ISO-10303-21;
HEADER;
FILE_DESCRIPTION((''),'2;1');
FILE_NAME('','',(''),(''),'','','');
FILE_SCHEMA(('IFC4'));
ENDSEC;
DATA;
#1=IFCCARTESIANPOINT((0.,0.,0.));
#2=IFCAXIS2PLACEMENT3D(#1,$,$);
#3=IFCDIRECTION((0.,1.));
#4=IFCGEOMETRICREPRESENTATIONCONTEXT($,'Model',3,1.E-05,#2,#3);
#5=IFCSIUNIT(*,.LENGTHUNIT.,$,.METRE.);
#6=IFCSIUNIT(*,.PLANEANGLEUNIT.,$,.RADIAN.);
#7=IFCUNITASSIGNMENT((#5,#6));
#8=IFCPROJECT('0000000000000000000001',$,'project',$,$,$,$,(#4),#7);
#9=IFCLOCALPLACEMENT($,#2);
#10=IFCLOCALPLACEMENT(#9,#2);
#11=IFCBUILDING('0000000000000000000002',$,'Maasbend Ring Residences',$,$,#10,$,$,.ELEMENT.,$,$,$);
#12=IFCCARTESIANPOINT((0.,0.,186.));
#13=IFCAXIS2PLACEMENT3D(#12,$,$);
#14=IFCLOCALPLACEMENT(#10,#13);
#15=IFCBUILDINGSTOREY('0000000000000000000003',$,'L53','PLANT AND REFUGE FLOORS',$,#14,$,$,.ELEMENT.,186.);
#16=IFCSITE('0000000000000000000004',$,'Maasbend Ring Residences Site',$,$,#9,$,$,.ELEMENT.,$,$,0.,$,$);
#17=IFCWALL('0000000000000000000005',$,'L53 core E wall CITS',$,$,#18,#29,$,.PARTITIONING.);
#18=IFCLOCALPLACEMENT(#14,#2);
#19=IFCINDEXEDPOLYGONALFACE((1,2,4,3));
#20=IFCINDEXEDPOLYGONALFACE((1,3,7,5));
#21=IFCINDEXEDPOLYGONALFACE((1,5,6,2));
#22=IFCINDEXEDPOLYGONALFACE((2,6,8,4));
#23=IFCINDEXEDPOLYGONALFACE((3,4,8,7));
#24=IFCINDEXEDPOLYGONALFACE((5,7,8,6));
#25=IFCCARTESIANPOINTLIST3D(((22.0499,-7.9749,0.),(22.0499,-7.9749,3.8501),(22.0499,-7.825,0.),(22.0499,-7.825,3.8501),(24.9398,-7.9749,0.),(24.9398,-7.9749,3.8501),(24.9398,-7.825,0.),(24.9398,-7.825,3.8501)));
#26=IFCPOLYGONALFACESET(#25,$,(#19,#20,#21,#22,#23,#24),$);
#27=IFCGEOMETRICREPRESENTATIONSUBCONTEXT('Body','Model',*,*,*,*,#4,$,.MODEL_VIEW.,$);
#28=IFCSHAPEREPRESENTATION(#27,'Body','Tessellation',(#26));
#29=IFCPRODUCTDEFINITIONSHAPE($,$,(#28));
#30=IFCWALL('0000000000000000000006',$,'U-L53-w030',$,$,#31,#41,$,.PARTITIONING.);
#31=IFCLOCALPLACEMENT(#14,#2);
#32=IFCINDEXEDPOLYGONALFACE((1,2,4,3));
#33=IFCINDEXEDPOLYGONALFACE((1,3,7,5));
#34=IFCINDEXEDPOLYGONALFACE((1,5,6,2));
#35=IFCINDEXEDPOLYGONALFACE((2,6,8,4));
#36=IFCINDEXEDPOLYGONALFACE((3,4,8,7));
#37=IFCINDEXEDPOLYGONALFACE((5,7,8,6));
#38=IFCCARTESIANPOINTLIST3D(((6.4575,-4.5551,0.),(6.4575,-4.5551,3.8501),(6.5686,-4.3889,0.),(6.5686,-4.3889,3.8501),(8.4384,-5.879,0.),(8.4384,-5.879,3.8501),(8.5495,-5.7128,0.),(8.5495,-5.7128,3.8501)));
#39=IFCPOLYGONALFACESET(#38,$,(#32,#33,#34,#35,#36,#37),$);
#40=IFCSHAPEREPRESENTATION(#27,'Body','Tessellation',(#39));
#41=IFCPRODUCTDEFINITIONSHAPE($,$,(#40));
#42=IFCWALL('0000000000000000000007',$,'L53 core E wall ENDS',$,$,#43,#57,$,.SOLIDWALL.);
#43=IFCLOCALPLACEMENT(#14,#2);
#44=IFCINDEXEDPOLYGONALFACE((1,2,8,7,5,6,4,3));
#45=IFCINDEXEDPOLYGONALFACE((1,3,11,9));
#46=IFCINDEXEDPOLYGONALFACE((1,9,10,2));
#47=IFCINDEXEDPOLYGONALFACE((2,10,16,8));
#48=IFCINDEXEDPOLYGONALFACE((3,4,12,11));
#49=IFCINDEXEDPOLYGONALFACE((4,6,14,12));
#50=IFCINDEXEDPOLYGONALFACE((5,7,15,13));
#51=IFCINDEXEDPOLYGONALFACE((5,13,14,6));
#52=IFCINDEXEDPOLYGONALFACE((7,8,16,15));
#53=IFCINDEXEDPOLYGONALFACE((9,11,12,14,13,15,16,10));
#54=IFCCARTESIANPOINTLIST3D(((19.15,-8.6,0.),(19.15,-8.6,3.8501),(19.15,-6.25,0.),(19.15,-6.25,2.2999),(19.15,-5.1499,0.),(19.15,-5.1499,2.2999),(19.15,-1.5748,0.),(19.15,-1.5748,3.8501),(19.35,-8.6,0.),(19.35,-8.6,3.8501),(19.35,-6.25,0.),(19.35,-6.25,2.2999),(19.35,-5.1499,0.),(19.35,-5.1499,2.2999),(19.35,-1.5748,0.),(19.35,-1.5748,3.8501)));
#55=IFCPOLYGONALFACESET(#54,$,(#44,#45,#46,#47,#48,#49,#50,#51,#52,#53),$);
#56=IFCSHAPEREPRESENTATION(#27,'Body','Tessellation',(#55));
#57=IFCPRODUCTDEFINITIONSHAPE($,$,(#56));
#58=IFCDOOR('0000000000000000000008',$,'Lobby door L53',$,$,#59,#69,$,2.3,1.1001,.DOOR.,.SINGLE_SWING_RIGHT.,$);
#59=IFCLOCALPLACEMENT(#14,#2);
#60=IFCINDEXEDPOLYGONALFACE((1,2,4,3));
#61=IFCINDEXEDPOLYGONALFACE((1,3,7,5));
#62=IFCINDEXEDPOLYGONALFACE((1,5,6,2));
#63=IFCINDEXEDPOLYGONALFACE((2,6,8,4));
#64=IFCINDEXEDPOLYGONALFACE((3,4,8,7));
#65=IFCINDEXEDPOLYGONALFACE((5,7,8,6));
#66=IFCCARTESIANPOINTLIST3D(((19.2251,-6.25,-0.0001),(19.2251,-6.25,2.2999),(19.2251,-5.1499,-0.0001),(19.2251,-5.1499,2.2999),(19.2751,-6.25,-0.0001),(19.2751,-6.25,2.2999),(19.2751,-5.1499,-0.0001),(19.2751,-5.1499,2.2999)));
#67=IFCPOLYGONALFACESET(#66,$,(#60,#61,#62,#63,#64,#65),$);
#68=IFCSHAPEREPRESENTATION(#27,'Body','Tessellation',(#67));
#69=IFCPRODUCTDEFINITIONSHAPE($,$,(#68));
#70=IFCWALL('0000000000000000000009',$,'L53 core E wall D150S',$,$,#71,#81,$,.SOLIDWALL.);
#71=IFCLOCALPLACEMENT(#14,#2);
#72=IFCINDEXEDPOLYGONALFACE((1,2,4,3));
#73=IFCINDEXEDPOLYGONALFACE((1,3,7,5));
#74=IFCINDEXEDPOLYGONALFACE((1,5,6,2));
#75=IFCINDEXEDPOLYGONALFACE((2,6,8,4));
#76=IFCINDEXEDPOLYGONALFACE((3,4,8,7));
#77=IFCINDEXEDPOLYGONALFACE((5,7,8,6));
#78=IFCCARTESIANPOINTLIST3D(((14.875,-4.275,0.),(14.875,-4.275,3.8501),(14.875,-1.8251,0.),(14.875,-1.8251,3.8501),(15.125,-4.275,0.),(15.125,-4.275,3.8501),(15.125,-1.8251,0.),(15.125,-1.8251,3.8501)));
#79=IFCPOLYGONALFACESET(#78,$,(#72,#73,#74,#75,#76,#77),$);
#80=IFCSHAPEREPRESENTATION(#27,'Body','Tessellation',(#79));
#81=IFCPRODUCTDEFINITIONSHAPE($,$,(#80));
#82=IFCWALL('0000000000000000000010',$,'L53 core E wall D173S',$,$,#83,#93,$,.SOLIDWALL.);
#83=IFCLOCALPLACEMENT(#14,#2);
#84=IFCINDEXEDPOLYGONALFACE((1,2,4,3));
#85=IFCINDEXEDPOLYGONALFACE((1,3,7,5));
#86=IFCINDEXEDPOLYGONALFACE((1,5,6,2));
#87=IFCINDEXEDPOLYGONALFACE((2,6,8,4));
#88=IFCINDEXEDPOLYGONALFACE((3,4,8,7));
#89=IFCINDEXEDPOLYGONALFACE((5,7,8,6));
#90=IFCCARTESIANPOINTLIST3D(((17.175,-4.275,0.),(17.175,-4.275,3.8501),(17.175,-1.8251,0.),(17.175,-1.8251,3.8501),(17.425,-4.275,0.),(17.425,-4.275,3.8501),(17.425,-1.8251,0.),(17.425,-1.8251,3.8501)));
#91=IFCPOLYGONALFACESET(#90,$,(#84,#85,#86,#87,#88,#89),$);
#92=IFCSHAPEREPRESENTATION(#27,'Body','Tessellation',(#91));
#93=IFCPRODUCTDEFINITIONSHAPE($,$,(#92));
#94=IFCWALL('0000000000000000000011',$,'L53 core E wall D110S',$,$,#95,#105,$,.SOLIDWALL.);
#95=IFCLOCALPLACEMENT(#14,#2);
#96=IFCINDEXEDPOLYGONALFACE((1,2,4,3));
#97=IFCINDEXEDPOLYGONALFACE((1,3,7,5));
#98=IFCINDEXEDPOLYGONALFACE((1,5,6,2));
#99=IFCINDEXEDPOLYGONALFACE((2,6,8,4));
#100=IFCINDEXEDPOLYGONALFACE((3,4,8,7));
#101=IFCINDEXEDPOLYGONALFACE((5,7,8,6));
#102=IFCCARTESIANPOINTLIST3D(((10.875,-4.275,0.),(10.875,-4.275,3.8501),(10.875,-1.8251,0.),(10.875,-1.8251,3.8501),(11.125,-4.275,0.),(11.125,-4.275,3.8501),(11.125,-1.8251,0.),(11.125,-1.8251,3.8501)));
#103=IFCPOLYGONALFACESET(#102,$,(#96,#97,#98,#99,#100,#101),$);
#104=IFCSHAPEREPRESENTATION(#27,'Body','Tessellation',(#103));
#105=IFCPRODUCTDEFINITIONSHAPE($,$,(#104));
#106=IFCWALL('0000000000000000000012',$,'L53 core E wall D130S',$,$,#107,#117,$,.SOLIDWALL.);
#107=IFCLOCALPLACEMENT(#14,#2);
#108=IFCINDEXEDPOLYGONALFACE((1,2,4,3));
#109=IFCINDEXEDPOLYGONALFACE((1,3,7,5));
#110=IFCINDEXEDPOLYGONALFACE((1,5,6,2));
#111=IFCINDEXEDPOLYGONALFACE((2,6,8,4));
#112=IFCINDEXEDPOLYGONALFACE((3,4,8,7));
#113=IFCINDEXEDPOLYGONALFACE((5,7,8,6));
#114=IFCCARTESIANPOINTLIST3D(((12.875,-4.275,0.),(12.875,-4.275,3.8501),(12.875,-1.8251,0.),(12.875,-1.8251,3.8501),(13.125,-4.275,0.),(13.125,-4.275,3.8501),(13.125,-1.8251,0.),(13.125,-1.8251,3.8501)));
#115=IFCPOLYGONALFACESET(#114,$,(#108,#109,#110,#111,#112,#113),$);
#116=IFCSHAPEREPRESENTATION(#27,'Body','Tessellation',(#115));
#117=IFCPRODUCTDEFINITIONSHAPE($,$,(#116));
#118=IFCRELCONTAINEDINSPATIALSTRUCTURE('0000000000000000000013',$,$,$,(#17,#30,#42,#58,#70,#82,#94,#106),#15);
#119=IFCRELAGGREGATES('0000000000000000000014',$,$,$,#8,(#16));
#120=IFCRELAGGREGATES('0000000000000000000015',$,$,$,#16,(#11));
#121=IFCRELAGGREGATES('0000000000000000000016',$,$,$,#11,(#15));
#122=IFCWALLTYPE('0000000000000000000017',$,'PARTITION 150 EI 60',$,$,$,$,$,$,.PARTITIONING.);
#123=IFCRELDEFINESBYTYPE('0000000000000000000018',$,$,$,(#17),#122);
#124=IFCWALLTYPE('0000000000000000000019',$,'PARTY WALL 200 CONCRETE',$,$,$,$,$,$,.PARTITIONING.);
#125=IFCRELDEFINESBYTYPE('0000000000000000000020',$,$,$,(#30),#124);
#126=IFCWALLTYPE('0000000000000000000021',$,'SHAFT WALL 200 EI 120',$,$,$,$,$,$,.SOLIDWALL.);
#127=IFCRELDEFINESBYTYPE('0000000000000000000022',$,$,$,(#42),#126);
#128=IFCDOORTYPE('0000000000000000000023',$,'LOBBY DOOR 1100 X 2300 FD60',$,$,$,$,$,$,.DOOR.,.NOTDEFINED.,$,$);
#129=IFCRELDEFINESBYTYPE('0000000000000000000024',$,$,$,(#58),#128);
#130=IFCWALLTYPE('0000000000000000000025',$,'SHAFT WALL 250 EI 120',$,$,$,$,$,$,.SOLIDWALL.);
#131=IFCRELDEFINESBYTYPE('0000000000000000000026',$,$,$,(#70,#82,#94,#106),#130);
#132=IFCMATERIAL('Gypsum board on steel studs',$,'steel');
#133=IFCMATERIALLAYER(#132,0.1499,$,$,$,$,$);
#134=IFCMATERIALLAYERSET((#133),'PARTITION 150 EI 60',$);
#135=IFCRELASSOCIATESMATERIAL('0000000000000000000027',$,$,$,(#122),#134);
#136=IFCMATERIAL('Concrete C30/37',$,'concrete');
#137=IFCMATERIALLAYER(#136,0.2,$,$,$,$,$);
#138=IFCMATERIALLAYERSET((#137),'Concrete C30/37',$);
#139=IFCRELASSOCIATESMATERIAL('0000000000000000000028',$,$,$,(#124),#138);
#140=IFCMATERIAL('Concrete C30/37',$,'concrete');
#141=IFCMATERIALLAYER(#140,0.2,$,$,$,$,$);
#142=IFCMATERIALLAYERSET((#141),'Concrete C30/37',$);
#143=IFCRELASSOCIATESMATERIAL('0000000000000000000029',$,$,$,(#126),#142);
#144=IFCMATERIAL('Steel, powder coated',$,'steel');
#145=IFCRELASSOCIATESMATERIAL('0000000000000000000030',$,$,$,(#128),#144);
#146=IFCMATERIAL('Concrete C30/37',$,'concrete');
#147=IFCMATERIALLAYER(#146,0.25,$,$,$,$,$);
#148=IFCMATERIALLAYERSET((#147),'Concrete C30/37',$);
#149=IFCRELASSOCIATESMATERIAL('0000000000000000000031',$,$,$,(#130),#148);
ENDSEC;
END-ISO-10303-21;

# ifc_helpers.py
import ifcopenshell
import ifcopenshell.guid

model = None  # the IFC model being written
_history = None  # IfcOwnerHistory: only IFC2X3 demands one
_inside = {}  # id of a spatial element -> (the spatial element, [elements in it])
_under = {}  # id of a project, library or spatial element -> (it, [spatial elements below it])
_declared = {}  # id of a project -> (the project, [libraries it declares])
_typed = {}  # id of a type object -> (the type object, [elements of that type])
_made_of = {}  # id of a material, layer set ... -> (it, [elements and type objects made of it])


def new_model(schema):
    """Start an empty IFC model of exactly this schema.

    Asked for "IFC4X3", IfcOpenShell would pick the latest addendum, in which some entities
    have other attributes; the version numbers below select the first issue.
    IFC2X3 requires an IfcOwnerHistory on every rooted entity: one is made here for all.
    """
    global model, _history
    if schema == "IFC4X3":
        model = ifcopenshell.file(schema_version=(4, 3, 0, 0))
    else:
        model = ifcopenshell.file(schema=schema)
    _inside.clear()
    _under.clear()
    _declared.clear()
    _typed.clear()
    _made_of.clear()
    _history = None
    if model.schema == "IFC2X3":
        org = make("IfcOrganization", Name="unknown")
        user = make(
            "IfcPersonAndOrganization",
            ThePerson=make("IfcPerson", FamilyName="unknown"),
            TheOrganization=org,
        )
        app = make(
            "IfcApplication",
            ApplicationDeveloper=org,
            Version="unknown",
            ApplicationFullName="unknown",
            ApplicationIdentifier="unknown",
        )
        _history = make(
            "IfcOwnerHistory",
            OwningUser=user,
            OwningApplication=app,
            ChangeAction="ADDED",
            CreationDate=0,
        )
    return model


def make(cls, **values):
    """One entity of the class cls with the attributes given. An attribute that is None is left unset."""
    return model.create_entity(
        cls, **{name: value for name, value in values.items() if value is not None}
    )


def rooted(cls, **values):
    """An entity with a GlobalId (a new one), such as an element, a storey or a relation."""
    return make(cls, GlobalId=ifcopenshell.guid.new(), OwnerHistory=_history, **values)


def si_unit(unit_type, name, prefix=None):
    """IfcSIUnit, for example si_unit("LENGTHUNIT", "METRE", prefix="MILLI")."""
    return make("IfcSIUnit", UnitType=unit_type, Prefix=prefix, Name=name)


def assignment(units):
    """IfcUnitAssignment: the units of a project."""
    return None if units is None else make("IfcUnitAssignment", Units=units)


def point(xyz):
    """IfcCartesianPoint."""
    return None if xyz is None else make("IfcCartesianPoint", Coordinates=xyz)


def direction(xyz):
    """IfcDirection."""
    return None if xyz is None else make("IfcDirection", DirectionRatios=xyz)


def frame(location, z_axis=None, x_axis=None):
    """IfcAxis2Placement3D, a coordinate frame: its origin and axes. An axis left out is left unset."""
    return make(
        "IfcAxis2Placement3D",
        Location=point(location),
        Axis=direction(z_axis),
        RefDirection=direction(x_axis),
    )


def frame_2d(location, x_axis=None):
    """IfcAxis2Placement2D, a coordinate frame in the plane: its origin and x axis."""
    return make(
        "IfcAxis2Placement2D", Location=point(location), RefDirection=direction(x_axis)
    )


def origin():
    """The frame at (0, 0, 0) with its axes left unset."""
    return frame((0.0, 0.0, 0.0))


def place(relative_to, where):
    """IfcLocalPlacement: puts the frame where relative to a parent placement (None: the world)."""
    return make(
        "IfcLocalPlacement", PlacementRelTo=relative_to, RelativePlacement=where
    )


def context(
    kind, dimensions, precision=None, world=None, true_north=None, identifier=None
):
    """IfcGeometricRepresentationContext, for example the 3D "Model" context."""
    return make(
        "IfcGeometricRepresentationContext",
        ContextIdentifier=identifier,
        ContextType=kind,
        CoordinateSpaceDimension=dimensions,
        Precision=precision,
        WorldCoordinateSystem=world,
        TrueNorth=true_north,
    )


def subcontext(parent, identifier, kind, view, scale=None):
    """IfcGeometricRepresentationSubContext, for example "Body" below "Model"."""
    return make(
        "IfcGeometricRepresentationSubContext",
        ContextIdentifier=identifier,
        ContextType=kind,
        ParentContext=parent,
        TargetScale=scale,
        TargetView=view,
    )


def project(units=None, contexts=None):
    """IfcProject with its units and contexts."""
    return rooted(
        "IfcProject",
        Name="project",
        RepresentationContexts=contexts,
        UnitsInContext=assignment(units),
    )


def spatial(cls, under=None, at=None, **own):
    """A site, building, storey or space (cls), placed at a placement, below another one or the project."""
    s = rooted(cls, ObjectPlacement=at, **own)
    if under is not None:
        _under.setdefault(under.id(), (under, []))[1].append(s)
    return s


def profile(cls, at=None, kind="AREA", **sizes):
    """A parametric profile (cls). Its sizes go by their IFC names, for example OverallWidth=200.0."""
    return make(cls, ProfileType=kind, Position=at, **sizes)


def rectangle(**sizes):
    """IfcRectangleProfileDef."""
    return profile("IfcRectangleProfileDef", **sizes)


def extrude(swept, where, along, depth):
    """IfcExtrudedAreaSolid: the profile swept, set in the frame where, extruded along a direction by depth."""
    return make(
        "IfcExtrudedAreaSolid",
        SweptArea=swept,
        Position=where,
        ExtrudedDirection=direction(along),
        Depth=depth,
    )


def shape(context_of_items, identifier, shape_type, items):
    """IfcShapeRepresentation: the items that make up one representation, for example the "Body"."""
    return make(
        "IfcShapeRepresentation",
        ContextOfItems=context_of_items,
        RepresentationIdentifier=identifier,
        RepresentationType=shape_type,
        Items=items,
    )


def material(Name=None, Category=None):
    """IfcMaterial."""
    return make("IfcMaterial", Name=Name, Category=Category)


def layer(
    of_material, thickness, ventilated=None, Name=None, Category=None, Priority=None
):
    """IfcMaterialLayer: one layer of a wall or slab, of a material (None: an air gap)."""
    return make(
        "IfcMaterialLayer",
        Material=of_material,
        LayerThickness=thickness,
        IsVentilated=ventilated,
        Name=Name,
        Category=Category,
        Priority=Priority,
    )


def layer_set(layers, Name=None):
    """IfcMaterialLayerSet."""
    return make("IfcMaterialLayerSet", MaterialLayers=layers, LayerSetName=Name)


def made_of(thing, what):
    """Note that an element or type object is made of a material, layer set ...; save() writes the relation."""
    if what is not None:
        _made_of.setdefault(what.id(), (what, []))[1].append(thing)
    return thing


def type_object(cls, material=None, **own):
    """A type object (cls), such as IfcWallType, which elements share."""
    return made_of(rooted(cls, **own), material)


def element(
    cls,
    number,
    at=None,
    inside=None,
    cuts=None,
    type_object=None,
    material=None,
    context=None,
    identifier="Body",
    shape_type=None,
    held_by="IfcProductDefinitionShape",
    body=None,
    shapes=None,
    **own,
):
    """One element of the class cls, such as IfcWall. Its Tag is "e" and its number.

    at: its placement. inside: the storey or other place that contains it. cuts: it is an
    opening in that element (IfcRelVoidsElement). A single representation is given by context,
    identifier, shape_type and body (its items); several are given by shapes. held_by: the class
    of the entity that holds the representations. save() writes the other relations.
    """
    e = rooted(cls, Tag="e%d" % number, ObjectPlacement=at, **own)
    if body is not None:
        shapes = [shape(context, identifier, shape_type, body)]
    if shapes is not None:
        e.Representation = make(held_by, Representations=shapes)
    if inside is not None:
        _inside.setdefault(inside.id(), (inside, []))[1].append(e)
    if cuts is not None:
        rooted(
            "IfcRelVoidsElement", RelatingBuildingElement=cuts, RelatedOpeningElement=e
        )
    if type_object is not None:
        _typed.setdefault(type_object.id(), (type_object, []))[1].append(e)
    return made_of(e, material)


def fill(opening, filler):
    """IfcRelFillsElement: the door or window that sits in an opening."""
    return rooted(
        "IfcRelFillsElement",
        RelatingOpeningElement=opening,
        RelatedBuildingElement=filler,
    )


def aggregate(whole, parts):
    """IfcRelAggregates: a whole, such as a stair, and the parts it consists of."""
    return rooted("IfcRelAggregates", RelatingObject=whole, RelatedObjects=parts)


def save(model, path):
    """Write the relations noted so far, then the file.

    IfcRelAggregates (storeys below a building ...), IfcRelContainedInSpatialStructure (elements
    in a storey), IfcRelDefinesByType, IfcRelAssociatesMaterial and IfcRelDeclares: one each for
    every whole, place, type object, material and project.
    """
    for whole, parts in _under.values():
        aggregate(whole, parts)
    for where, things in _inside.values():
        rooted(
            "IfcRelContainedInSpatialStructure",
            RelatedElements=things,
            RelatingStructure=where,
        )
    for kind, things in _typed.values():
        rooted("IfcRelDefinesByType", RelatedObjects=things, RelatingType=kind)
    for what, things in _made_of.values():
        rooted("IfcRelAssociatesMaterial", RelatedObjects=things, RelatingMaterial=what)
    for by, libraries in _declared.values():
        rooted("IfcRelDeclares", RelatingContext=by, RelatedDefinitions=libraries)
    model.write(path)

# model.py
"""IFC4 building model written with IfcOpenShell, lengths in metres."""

from ifc_helpers import new_model, si_unit, direction, frame, frame_2d, origin, place, context, subcontext, project, spatial, rectangle, extrude, material, layer, layer_set, type_object, element, fill, save


model = new_model("IFC4")

# Units and contexts
model_context = context("Model", 3, precision=1e-05, world=origin(), true_north=direction((0.0, 1.0)))
body_context = subcontext(model_context, "Body", "Model", "MODEL_VIEW")
ifc_project = project(units=[si_unit("LENGTHUNIT", "METRE"), si_unit("PLANEANGLEUNIT", "RADIAN")], contexts=[model_context])

# Site, building, storey
site_placement = place(None, origin())
site = spatial("IfcSite", under=ifc_project, at=site_placement, Name="Maasbend Ring Residences Site", CompositionType="ELEMENT", RefElevation=0.0)
building_placement = place(site_placement, origin())
building = spatial("IfcBuilding", under=site, at=building_placement, Name="Maasbend Ring Residences", CompositionType="ELEMENT")
storey_placement = place(building_placement, frame((0.0, 0.0, 186.0)))
storey = spatial("IfcBuildingStorey", under=building, at=storey_placement, Name="L53", Description="PLANT AND REFUGE FLOORS", CompositionType="ELEMENT", Elevation=186.0)

# Shared definitions
ifc_material_1 = material(Name="Gypsum board on steel studs", Category="steel")
ifc_layer_1 = layer(ifc_material_1, 0.1499)
ifc_layer_set_1 = layer_set([ifc_layer_1], Name="PARTITION 150 EI 60")
wall_type_1 = type_object("IfcWallType", Name="PARTITION 150 EI 60", PredefinedType="PARTITIONING", material=ifc_layer_set_1)

# Walls
wall_1_placement = place(storey_placement, frame((22.05, -7.8999, 0.0), z_axis=(0.0, 0.0, 1.0), x_axis=(1.0, 0.0, 0.0)))
element("IfcWall", 1, at=wall_1_placement, inside=storey, type_object=wall_type_1, Name="L53 core E wall CITS", PredefinedType="PARTITIONING", context=body_context, shape_type="SweptSolid", body=[
    extrude(rectangle(XDim=2.8899, YDim=0.1499, at=frame_2d((1.4448, 0.0))), origin(), (0.0, 0.0, 1.0), 3.8501),
])
ifc_material_2 = material(Name="Concrete C30/37", Category="concrete")
ifc_layer_2 = layer(ifc_material_2, 0.2)
ifc_layer_set_2 = layer_set([ifc_layer_2], Name="Concrete C30/37")
wall_type_2 = type_object("IfcWallType", Name="PARTY WALL 200 CONCRETE", PredefinedType="PARTITIONING", material=ifc_layer_set_2)
wall_2_placement = place(storey_placement, frame((6.5129, -4.4719, 0.0), z_axis=(0.0, 0.0, 1.0), x_axis=(0.831403, -0.555669, 0.0)))
element("IfcWall", 2, at=wall_2_placement, inside=storey, type_object=wall_type_2, Name="U-L53-w030", PredefinedType="PARTITIONING", context=body_context, shape_type="SweptSolid", body=[
    extrude(rectangle(XDim=2.3826, YDim=0.2, at=frame_2d((1.1914, 0.0))), origin(), (0.0, 0.0, 1.0), 3.8501),
])

# Wall, opening, door
ifc_material_3 = material(Name="Concrete C30/37", Category="concrete")
ifc_layer_3 = layer(ifc_material_3, 0.2)
ifc_layer_set_3 = layer_set([ifc_layer_3], Name="Concrete C30/37")
wall_type_3 = type_object("IfcWallType", Name="SHAFT WALL 200 EI 120", PredefinedType="SOLIDWALL", material=ifc_layer_set_3)
wall_3_placement = place(storey_placement, frame((19.25, -8.6001, 0.0), z_axis=(0.0, 0.0, 1.0), x_axis=(0.0, 1.0, 0.0)))
wall_3 = element("IfcWall", 3, at=wall_3_placement, inside=storey, type_object=wall_type_3, Name="L53 core E wall ENDS", PredefinedType="SOLIDWALL", context=body_context, shape_type="SweptSolid", body=[
    extrude(rectangle(XDim=7.0251, YDim=0.2, at=frame_2d((3.5127, 0.0))), origin(), (0.0, 0.0, 1.0), 3.8501),
])
opening_1_placement = place(wall_3_placement, frame((2.3501, 0.0, 0.0)))
opening_1 = element("IfcOpeningElement", 4, at=opening_1_placement, cuts=wall_3, PredefinedType="OPENING", context=body_context, shape_type="SweptSolid", body=[
    extrude(rectangle(XDim=1.1001, YDim=2.3, at=frame_2d((0.55, 1.1499))), frame((0.0, 0.1099, 0.0), z_axis=(0.0, -1.0, 0.0), x_axis=(1.0, 0.0, 0.0)), (0.0, 0.0, 1.0), 0.22),
])
ifc_material_4 = material(Name="Steel, powder coated", Category="steel")
door_type_1 = type_object("IfcDoorType", Name="LOBBY DOOR 1100 X 2300 FD60", OperationType="NOTDEFINED", PredefinedType="DOOR", material=ifc_material_4)
door_1_placement = place(opening_1_placement, origin())
door_1 = element("IfcDoor", 5, at=door_1_placement, inside=storey, type_object=door_type_1, Name="Lobby door L53", OperationType="SINGLE_SWING_RIGHT", OverallHeight=2.3, OverallWidth=1.1001, PredefinedType="DOOR", context=body_context, shape_type="SweptSolid", body=[
    extrude(rectangle(XDim=1.1001, YDim=2.3, at=frame_2d((0.55, 1.1499))), frame((0.0, 0.0249, 0.0), z_axis=(0.0, -1.0, 0.0), x_axis=(1.0, 0.0, 0.0)), (0.0, 0.0, 1.0), 0.05),
])
fill(opening_1, door_1)

# Walls
ifc_material_5 = material(Name="Concrete C30/37", Category="concrete")
ifc_layer_4 = layer(ifc_material_5, 0.25)
ifc_layer_set_4 = layer_set([ifc_layer_4], Name="Concrete C30/37")
wall_type_4 = type_object("IfcWallType", Name="SHAFT WALL 250 EI 120", PredefinedType="SOLIDWALL", material=ifc_layer_set_4)
for number, where, z_axis, x_axis, name in (
    (6, (15.0, -1.825, 0.0), (0.0, 0.0, 1.0), (0.0, -1.0, 0.0), "L53 core E wall D150S"),
    (7, (17.3, -1.825, 0.0), (0.0, 0.0, 1.0), (0.0, -1.0, 0.0), "L53 core E wall D173S"),
    (8, (11.0, -1.825, 0.0), (0.0, 0.0, 1.0), (0.0, -1.0, 0.0), "L53 core E wall D110S"),
    (9, (13.0, -1.825, 0.0), (0.0, 0.0, 1.0), (0.0, -1.0, 0.0), "L53 core E wall D130S"),
):
    element("IfcWall", number, at=place(storey_placement, frame(where, z_axis=z_axis, x_axis=x_axis)), inside=storey, type_object=wall_type_4, Name=name, PredefinedType="SOLIDWALL", context=body_context, shape_type="SweptSolid", body=[
        extrude(rectangle(XDim=2.45, YDim=0.25, at=frame_2d((1.2251, 0.0))), origin(), (0.0, 0.0, 1.0), 3.8501),
    ])

save(model, "model.ifc")
